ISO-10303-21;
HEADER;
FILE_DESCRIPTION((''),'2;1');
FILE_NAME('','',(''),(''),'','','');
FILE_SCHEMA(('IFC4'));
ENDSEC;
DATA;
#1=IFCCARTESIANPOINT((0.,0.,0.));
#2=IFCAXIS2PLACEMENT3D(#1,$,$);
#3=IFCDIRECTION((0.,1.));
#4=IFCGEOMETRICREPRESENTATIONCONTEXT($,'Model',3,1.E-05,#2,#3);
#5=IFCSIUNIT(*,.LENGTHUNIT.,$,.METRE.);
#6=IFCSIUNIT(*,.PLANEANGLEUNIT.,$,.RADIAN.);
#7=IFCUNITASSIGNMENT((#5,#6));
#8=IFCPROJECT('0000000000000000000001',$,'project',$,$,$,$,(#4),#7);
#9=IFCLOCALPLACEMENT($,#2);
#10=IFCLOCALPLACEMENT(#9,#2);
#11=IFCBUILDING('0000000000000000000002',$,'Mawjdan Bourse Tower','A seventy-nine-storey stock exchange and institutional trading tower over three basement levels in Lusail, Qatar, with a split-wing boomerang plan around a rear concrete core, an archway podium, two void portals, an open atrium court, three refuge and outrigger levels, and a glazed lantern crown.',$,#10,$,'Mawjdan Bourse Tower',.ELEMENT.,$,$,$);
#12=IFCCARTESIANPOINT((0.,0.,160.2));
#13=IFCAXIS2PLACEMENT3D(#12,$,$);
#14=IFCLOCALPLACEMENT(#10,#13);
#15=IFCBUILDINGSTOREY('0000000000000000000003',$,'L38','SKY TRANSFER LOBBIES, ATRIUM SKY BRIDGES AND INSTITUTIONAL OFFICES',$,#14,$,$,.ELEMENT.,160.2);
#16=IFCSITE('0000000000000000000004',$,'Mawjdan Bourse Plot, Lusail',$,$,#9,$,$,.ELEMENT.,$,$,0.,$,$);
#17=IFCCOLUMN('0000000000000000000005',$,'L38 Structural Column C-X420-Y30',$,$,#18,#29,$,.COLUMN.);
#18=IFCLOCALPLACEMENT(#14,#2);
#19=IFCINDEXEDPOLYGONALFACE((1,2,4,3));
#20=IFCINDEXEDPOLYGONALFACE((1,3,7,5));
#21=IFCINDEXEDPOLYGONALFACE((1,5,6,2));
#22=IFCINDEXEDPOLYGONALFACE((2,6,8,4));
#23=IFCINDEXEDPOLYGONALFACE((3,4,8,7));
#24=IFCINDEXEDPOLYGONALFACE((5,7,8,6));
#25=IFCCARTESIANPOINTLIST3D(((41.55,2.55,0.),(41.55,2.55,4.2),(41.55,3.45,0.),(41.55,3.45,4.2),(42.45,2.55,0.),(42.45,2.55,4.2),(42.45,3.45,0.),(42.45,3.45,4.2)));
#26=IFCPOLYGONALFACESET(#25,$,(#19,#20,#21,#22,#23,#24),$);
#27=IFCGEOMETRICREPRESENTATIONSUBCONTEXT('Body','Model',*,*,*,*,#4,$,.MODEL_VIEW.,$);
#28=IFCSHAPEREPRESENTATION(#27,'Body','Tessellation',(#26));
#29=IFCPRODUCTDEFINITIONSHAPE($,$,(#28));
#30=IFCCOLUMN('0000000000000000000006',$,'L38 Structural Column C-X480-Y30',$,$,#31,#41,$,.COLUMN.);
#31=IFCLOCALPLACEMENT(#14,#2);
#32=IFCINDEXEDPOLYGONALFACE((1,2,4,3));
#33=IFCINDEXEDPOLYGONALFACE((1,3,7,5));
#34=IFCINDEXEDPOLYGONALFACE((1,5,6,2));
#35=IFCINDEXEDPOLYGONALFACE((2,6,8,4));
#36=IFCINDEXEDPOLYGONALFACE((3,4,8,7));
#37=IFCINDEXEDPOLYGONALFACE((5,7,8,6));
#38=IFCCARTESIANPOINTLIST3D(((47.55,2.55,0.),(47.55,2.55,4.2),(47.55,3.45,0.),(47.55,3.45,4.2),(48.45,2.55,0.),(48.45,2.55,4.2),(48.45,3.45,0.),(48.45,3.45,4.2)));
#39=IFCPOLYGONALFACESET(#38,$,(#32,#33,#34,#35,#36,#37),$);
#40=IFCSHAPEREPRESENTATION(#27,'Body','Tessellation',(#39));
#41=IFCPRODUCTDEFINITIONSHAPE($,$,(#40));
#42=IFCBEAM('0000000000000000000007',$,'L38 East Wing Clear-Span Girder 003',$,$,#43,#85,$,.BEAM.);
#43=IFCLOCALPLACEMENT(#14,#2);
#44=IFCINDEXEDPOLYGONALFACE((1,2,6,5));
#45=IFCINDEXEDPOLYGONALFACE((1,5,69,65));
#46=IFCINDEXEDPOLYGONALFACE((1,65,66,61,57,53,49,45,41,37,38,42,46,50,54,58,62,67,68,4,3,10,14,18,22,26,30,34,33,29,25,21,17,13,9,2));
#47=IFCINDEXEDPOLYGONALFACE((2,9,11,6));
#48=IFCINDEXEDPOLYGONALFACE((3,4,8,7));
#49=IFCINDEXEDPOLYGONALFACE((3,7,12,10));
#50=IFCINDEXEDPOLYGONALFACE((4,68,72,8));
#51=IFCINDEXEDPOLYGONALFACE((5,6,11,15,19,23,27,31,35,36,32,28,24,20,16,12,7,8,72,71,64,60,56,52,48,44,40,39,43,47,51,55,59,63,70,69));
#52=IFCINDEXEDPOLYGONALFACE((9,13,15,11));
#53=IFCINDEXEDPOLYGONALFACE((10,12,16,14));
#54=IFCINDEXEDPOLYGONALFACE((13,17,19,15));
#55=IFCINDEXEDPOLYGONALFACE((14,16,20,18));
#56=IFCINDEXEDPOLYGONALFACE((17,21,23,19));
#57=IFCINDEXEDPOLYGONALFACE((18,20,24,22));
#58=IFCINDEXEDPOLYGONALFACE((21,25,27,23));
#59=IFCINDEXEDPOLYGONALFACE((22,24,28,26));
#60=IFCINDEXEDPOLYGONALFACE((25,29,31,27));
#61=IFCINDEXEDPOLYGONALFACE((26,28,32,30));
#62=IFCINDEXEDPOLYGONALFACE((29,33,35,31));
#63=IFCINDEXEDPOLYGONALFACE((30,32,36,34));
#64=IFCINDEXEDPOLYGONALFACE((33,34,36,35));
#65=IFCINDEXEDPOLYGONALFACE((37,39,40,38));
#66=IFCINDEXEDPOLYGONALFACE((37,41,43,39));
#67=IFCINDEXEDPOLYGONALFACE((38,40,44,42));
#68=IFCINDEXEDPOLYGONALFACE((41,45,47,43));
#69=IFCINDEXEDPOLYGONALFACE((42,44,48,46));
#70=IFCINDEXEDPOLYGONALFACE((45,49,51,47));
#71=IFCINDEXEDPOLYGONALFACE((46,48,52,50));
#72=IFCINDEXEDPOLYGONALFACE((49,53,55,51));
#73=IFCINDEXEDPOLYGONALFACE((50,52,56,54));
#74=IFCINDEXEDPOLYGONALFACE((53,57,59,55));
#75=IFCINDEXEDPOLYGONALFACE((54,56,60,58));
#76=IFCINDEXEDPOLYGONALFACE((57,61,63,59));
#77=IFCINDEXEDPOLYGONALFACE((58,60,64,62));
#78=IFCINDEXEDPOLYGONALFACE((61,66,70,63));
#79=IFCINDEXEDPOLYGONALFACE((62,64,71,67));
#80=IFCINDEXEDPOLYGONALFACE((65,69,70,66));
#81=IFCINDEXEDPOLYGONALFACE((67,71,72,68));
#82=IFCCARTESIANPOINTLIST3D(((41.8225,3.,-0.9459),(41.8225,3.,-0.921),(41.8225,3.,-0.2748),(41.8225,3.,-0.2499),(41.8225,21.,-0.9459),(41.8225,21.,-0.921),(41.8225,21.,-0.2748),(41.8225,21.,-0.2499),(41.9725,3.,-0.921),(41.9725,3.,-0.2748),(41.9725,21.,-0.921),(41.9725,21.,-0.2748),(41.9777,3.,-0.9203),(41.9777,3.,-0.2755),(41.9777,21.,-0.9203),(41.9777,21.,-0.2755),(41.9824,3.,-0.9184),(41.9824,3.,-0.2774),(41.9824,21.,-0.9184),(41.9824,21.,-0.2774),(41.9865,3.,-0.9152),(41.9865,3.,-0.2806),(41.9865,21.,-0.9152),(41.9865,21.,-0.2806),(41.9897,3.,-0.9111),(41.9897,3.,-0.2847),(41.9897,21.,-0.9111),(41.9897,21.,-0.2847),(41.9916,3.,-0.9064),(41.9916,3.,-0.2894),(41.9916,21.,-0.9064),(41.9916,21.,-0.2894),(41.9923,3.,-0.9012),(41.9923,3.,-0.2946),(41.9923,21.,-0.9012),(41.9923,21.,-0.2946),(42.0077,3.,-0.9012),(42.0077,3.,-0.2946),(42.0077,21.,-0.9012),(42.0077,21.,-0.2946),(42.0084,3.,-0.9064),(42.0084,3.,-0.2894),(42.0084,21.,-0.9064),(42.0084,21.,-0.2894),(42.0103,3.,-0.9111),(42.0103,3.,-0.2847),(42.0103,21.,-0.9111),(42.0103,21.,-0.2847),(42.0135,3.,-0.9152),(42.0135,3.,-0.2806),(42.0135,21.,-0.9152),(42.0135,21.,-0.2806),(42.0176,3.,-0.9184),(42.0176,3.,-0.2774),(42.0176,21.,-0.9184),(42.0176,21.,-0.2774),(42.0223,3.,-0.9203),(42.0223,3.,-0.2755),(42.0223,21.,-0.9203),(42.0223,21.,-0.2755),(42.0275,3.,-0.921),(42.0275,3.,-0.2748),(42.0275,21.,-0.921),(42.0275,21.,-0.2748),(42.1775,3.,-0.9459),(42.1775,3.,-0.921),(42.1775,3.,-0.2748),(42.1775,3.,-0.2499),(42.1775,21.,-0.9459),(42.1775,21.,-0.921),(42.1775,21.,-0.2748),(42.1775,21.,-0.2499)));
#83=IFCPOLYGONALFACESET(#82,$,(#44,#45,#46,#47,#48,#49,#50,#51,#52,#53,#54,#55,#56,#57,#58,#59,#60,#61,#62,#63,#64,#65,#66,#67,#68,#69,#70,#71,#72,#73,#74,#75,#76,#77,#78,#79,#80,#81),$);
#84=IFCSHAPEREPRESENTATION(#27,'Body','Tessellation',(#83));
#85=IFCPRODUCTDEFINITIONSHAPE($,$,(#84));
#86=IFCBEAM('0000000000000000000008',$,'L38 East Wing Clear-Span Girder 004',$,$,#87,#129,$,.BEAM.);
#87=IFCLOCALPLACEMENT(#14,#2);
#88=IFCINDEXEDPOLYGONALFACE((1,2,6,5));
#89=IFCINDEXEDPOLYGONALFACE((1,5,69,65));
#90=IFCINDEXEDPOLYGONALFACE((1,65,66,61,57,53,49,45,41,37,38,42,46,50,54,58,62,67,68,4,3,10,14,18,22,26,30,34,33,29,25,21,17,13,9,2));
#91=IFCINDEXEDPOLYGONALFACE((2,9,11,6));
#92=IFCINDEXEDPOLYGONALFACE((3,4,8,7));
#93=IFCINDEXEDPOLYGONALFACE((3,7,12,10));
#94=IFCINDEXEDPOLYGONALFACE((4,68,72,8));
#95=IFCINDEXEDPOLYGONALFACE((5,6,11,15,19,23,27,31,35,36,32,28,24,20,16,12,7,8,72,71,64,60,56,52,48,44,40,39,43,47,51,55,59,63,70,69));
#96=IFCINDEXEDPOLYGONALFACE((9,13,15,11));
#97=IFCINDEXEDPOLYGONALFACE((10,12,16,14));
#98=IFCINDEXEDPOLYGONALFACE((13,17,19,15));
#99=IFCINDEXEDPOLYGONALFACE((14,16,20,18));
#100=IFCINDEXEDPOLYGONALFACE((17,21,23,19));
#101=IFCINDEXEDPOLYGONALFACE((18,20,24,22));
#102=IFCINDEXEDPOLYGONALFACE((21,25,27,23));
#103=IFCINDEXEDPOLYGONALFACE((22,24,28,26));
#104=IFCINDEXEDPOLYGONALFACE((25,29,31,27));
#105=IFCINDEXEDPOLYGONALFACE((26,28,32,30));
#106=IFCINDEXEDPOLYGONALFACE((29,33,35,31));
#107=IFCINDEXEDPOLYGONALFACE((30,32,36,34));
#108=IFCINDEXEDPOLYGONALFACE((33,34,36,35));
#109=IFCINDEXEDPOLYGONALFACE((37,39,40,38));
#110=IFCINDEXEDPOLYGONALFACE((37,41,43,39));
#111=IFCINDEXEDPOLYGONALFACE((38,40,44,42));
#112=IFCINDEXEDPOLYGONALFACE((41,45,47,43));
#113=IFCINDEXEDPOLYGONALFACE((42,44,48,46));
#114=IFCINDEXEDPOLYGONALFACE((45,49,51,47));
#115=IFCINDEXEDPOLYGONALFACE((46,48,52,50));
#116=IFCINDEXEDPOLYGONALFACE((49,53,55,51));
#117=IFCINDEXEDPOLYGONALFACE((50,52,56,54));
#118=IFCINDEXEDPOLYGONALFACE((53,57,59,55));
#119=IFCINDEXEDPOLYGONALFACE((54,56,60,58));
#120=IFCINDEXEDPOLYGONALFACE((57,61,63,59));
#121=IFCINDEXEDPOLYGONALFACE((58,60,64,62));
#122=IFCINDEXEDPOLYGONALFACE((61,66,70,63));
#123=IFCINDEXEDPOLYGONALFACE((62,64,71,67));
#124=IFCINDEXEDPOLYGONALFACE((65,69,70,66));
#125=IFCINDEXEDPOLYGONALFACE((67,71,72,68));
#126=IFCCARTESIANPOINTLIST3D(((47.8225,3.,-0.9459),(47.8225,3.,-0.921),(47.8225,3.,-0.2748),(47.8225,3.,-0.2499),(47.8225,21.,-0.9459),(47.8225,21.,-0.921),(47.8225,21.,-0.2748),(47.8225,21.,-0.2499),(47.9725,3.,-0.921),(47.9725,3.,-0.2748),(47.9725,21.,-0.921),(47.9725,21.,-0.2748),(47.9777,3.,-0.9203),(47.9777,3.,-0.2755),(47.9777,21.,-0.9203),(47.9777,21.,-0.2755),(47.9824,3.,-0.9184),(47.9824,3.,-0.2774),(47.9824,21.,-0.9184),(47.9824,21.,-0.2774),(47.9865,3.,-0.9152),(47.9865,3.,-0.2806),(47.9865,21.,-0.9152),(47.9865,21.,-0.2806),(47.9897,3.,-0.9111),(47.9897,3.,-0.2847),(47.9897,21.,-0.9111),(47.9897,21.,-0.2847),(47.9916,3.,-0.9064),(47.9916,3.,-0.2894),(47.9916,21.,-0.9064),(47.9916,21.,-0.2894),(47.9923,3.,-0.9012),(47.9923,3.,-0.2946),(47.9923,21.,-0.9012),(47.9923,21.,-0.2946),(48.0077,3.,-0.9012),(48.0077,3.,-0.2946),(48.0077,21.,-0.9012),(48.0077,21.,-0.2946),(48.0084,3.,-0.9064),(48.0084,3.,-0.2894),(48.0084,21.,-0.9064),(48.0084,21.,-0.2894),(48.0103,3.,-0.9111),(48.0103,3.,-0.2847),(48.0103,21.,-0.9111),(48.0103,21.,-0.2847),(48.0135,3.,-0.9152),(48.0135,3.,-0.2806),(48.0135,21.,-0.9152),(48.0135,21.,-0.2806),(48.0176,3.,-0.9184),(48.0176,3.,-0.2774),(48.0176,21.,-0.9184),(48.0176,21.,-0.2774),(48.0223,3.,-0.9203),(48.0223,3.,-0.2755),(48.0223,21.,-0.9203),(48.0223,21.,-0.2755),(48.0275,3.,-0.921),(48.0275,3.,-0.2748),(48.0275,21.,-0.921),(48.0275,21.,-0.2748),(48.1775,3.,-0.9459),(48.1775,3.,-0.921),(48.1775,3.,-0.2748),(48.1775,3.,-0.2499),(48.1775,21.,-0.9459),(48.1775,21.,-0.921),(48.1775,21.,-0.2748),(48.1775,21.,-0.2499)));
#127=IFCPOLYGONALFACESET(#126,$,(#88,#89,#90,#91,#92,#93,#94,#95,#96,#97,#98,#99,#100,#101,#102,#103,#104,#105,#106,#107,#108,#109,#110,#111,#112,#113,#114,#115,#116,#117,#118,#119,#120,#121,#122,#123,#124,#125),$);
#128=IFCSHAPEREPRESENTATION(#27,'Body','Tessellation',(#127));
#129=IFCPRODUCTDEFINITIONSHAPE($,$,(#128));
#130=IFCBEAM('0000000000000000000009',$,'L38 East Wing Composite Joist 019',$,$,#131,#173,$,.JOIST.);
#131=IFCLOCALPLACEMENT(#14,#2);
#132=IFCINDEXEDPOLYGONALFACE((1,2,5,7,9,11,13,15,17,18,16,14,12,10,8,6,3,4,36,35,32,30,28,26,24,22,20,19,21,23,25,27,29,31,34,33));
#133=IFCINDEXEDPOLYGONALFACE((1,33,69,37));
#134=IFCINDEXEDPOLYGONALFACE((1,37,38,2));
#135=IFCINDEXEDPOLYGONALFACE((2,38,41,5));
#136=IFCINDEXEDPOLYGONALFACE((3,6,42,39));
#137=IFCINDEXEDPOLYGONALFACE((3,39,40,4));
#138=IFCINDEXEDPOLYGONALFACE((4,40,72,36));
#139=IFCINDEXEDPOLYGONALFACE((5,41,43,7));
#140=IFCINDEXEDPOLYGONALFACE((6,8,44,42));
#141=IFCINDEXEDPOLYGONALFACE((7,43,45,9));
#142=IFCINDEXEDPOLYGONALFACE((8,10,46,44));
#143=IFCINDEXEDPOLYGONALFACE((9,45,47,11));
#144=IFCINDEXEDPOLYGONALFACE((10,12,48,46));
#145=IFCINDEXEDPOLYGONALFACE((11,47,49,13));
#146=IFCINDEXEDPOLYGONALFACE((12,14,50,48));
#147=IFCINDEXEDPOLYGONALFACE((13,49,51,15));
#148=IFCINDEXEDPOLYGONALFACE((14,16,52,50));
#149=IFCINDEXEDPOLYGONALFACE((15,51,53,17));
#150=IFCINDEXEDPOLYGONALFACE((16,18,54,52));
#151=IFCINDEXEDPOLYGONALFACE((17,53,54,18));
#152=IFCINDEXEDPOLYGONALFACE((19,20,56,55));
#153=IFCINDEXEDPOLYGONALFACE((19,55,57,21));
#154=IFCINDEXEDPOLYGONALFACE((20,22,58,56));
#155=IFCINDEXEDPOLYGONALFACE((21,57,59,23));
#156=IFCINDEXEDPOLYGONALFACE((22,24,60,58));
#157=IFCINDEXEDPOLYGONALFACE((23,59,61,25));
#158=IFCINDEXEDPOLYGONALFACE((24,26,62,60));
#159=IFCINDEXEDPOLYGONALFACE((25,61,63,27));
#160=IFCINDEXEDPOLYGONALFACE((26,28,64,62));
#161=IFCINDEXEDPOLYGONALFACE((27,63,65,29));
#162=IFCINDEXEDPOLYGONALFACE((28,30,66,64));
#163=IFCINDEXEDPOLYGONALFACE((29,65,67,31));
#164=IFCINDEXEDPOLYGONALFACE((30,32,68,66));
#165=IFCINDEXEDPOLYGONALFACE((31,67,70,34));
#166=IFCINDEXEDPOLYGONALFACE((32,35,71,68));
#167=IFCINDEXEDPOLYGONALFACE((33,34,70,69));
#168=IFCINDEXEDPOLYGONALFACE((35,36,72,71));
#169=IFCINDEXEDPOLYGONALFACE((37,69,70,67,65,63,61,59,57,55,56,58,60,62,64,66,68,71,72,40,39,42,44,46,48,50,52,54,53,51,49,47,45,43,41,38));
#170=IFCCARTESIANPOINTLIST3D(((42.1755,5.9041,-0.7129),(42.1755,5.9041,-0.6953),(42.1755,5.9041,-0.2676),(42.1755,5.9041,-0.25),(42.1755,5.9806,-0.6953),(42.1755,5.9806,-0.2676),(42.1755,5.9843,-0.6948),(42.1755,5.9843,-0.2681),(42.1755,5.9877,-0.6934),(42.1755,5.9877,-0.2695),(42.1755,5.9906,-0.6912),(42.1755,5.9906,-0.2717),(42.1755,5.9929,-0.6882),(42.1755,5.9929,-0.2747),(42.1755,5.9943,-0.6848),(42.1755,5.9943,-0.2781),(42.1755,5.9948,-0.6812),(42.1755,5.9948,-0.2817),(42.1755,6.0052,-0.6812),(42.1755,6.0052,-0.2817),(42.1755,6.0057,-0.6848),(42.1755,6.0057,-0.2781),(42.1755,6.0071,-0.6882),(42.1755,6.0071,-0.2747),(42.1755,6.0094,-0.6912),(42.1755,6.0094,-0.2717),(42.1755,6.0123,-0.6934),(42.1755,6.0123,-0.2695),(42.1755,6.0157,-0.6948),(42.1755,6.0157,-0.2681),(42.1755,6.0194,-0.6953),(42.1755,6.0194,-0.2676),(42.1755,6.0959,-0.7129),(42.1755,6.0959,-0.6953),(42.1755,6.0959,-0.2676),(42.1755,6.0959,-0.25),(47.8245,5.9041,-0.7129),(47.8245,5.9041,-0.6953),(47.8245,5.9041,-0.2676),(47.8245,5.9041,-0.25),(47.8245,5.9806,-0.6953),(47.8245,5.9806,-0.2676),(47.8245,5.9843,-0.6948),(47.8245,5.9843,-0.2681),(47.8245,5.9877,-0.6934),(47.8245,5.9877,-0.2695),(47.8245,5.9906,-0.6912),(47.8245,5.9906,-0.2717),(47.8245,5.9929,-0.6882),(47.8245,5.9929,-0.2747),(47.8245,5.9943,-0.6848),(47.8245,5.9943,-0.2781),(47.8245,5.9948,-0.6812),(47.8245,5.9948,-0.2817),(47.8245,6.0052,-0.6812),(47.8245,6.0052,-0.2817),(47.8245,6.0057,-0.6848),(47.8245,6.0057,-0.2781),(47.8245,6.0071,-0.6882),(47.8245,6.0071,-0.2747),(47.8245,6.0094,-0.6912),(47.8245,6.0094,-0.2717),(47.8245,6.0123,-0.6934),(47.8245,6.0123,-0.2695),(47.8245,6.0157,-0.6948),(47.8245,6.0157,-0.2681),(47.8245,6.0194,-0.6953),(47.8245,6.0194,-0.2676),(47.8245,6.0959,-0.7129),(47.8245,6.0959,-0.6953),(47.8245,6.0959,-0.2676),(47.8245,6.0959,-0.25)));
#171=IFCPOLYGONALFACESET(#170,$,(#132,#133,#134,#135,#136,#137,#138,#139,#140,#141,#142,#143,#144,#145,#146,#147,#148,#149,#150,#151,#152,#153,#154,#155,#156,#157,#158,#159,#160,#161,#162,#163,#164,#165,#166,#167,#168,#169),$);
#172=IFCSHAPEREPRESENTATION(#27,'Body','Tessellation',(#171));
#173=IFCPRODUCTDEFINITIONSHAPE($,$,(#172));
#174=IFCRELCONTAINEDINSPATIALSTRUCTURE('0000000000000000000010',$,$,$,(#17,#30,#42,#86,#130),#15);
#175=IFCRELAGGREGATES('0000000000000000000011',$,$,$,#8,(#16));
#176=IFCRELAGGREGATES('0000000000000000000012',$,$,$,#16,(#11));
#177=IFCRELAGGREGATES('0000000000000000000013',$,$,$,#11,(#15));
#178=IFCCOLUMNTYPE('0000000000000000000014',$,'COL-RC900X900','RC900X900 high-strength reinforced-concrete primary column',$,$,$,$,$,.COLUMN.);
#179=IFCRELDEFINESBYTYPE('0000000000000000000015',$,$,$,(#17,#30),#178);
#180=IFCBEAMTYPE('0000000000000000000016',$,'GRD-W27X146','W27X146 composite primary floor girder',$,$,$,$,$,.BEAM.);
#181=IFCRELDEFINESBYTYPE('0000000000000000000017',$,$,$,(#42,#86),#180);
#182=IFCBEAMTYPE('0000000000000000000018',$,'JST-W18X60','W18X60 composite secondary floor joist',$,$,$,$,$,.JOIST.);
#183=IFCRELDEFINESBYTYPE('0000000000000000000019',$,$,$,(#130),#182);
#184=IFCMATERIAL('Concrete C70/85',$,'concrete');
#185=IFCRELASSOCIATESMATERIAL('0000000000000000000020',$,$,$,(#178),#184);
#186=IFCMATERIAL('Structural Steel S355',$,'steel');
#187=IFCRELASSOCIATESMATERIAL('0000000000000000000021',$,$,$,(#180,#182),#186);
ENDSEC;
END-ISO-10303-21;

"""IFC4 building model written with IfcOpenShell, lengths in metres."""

from ifc_helpers import new_model, si_unit, direction, frame, origin, origin_2d, place, context, subcontext, project, spatial, rectangle, i_section, extrude, material, material_profile, profile_set, type_object, element, save


model = new_model("IFC4")

# Units and contexts
model_context = context("Model", 3, precision=1e-05, world=origin(), true_north=direction((0.0, 1.0)))
body_context = subcontext(model_context, "Body", "Model", "MODEL_VIEW")
ifc_project = project(units=[si_unit("LENGTHUNIT", "METRE"), si_unit("PLANEANGLEUNIT", "RADIAN")], contexts=[model_context])

# Site, building, storey
site_placement = place(None, origin())
site = spatial("IfcSite", under=ifc_project, at=site_placement, Name="Mawjdan Bourse Plot, Lusail", CompositionType="ELEMENT", RefElevation=0.0)
building_placement = place(site_placement, origin())
building = spatial("IfcBuilding", under=site, at=building_placement, Name="Mawjdan Bourse Tower", Description="A seventy-nine-storey stock exchange and institutional trading tower over three basement levels in Lusail, Qatar, with a split-wing boomerang plan around a rear concrete core, an archway podium, two void portals, an open atrium court, three refuge and outrigger levels, and a glazed lantern crown.", LongName="Mawjdan Bourse Tower", CompositionType="ELEMENT")
storey_placement = place(building_placement, frame((0.0, 0.0, 160.2)))
storey = spatial("IfcBuildingStorey", under=building, at=storey_placement, Name="L38", Description="SKY TRANSFER LOBBIES, ATRIUM SKY BRIDGES AND INSTITUTIONAL OFFICES", CompositionType="ELEMENT", Elevation=160.2)

# Columns
ifc_material_1 = material(Name="Concrete C70/85", Category="concrete")
ifc_material_profile_1 = material_profile(ifc_material_1, rectangle(XDim=0.8999, YDim=0.8999, at=origin_2d()), Name="RC900X900")
ifc_profile_set_1 = profile_set([ifc_material_profile_1], Name="Concrete C70/85")
column_type = type_object("IfcColumnType", Name="COL-RC900X900", Description="RC900X900 high-strength reinforced-concrete primary column", PredefinedType="COLUMN", material=ifc_profile_set_1)
for number, where, z_axis, x_axis, name in (
    (1, (42.0, 3.0, 0.0), (0.0, 0.0, 1.0), (1.0, 0.0, 0.0), "L38 Structural Column C-X420-Y30"),
    (2, (48.0, 3.0, 0.0), (0.0, 0.0, 1.0), (1.0, 0.0, 0.0), "L38 Structural Column C-X480-Y30"),
):
    element("IfcColumn", number, at=place(storey_placement, frame(where, z_axis=z_axis, x_axis=x_axis)), inside=storey, type_object=column_type, Name=name, PredefinedType="COLUMN", context=body_context, shape_type="SweptSolid", body=[
        extrude(rectangle(XDim=0.8999, YDim=0.8999, at=origin_2d()), origin(), (0.0, 0.0, 1.0), 4.2),
    ])

# Beams
ifc_material_2 = material(Name="Structural Steel S355", Category="steel")
ifc_material_profile_2 = material_profile(ifc_material_2, i_section(OverallWidth=0.355, OverallDepth=0.696, WebThickness=0.0154, FlangeThickness=0.0249, FilletRadius=0.0198, at=origin_2d()), Name="W27X146")
ifc_profile_set_2 = profile_set([ifc_material_profile_2], Name="Structural Steel S355")
beam_type_1 = type_object("IfcBeamType", Name="GRD-W27X146", Description="W27X146 composite primary floor girder", PredefinedType="BEAM", material=ifc_profile_set_2)
for number, where, z_axis, x_axis, name in (
    (3, (42.0, 3.0, -0.5979), (0.0, 1.0, 0.0), (-1.0, 0.0, 0.0), "L38 East Wing Clear-Span Girder 003"),
    (4, (48.0, 3.0, -0.5979), (0.0, 1.0, 0.0), (-1.0, 0.0, 0.0), "L38 East Wing Clear-Span Girder 004"),
):
    element("IfcBeam", number, at=place(storey_placement, frame(where, z_axis=z_axis, x_axis=x_axis)), inside=storey, type_object=beam_type_1, Name=name, PredefinedType="BEAM", context=body_context, shape_type="SweptSolid", body=[
        extrude(i_section(OverallWidth=0.355, OverallDepth=0.696, WebThickness=0.0154, FlangeThickness=0.0249, FilletRadius=0.0198, at=origin_2d()), origin(), (0.0, 0.0, 1.0), 18.0),
    ])
ifc_material_profile_3 = material_profile(ifc_material_2, i_section(OverallWidth=0.1919, OverallDepth=0.4629, WebThickness=0.0105, FlangeThickness=0.0176, FilletRadius=0.0142, at=origin_2d()), Name="W18X60")
ifc_profile_set_3 = profile_set([ifc_material_profile_3], Name="Structural Steel S355")
beam_type_2 = type_object("IfcBeamType", Name="JST-W18X60", Description="W18X60 composite secondary floor joist", PredefinedType="JOIST", material=ifc_profile_set_3)
beam_1_placement = place(storey_placement, frame((42.1755, 6.0, -0.4814), z_axis=(1.0, 0.0, 0.0), x_axis=(0.0, 1.0, 0.0)))
element("IfcBeam", 5, at=beam_1_placement, inside=storey, type_object=beam_type_2, Name="L38 East Wing Composite Joist 019", PredefinedType="JOIST", context=body_context, shape_type="SweptSolid", body=[
    extrude(i_section(OverallWidth=0.1919, OverallDepth=0.4629, WebThickness=0.0105, FlangeThickness=0.0176, FilletRadius=0.0142, at=origin_2d()), origin(), (0.0, 0.0, 1.0), 5.6489),
])

save(model, "model.ifc")
